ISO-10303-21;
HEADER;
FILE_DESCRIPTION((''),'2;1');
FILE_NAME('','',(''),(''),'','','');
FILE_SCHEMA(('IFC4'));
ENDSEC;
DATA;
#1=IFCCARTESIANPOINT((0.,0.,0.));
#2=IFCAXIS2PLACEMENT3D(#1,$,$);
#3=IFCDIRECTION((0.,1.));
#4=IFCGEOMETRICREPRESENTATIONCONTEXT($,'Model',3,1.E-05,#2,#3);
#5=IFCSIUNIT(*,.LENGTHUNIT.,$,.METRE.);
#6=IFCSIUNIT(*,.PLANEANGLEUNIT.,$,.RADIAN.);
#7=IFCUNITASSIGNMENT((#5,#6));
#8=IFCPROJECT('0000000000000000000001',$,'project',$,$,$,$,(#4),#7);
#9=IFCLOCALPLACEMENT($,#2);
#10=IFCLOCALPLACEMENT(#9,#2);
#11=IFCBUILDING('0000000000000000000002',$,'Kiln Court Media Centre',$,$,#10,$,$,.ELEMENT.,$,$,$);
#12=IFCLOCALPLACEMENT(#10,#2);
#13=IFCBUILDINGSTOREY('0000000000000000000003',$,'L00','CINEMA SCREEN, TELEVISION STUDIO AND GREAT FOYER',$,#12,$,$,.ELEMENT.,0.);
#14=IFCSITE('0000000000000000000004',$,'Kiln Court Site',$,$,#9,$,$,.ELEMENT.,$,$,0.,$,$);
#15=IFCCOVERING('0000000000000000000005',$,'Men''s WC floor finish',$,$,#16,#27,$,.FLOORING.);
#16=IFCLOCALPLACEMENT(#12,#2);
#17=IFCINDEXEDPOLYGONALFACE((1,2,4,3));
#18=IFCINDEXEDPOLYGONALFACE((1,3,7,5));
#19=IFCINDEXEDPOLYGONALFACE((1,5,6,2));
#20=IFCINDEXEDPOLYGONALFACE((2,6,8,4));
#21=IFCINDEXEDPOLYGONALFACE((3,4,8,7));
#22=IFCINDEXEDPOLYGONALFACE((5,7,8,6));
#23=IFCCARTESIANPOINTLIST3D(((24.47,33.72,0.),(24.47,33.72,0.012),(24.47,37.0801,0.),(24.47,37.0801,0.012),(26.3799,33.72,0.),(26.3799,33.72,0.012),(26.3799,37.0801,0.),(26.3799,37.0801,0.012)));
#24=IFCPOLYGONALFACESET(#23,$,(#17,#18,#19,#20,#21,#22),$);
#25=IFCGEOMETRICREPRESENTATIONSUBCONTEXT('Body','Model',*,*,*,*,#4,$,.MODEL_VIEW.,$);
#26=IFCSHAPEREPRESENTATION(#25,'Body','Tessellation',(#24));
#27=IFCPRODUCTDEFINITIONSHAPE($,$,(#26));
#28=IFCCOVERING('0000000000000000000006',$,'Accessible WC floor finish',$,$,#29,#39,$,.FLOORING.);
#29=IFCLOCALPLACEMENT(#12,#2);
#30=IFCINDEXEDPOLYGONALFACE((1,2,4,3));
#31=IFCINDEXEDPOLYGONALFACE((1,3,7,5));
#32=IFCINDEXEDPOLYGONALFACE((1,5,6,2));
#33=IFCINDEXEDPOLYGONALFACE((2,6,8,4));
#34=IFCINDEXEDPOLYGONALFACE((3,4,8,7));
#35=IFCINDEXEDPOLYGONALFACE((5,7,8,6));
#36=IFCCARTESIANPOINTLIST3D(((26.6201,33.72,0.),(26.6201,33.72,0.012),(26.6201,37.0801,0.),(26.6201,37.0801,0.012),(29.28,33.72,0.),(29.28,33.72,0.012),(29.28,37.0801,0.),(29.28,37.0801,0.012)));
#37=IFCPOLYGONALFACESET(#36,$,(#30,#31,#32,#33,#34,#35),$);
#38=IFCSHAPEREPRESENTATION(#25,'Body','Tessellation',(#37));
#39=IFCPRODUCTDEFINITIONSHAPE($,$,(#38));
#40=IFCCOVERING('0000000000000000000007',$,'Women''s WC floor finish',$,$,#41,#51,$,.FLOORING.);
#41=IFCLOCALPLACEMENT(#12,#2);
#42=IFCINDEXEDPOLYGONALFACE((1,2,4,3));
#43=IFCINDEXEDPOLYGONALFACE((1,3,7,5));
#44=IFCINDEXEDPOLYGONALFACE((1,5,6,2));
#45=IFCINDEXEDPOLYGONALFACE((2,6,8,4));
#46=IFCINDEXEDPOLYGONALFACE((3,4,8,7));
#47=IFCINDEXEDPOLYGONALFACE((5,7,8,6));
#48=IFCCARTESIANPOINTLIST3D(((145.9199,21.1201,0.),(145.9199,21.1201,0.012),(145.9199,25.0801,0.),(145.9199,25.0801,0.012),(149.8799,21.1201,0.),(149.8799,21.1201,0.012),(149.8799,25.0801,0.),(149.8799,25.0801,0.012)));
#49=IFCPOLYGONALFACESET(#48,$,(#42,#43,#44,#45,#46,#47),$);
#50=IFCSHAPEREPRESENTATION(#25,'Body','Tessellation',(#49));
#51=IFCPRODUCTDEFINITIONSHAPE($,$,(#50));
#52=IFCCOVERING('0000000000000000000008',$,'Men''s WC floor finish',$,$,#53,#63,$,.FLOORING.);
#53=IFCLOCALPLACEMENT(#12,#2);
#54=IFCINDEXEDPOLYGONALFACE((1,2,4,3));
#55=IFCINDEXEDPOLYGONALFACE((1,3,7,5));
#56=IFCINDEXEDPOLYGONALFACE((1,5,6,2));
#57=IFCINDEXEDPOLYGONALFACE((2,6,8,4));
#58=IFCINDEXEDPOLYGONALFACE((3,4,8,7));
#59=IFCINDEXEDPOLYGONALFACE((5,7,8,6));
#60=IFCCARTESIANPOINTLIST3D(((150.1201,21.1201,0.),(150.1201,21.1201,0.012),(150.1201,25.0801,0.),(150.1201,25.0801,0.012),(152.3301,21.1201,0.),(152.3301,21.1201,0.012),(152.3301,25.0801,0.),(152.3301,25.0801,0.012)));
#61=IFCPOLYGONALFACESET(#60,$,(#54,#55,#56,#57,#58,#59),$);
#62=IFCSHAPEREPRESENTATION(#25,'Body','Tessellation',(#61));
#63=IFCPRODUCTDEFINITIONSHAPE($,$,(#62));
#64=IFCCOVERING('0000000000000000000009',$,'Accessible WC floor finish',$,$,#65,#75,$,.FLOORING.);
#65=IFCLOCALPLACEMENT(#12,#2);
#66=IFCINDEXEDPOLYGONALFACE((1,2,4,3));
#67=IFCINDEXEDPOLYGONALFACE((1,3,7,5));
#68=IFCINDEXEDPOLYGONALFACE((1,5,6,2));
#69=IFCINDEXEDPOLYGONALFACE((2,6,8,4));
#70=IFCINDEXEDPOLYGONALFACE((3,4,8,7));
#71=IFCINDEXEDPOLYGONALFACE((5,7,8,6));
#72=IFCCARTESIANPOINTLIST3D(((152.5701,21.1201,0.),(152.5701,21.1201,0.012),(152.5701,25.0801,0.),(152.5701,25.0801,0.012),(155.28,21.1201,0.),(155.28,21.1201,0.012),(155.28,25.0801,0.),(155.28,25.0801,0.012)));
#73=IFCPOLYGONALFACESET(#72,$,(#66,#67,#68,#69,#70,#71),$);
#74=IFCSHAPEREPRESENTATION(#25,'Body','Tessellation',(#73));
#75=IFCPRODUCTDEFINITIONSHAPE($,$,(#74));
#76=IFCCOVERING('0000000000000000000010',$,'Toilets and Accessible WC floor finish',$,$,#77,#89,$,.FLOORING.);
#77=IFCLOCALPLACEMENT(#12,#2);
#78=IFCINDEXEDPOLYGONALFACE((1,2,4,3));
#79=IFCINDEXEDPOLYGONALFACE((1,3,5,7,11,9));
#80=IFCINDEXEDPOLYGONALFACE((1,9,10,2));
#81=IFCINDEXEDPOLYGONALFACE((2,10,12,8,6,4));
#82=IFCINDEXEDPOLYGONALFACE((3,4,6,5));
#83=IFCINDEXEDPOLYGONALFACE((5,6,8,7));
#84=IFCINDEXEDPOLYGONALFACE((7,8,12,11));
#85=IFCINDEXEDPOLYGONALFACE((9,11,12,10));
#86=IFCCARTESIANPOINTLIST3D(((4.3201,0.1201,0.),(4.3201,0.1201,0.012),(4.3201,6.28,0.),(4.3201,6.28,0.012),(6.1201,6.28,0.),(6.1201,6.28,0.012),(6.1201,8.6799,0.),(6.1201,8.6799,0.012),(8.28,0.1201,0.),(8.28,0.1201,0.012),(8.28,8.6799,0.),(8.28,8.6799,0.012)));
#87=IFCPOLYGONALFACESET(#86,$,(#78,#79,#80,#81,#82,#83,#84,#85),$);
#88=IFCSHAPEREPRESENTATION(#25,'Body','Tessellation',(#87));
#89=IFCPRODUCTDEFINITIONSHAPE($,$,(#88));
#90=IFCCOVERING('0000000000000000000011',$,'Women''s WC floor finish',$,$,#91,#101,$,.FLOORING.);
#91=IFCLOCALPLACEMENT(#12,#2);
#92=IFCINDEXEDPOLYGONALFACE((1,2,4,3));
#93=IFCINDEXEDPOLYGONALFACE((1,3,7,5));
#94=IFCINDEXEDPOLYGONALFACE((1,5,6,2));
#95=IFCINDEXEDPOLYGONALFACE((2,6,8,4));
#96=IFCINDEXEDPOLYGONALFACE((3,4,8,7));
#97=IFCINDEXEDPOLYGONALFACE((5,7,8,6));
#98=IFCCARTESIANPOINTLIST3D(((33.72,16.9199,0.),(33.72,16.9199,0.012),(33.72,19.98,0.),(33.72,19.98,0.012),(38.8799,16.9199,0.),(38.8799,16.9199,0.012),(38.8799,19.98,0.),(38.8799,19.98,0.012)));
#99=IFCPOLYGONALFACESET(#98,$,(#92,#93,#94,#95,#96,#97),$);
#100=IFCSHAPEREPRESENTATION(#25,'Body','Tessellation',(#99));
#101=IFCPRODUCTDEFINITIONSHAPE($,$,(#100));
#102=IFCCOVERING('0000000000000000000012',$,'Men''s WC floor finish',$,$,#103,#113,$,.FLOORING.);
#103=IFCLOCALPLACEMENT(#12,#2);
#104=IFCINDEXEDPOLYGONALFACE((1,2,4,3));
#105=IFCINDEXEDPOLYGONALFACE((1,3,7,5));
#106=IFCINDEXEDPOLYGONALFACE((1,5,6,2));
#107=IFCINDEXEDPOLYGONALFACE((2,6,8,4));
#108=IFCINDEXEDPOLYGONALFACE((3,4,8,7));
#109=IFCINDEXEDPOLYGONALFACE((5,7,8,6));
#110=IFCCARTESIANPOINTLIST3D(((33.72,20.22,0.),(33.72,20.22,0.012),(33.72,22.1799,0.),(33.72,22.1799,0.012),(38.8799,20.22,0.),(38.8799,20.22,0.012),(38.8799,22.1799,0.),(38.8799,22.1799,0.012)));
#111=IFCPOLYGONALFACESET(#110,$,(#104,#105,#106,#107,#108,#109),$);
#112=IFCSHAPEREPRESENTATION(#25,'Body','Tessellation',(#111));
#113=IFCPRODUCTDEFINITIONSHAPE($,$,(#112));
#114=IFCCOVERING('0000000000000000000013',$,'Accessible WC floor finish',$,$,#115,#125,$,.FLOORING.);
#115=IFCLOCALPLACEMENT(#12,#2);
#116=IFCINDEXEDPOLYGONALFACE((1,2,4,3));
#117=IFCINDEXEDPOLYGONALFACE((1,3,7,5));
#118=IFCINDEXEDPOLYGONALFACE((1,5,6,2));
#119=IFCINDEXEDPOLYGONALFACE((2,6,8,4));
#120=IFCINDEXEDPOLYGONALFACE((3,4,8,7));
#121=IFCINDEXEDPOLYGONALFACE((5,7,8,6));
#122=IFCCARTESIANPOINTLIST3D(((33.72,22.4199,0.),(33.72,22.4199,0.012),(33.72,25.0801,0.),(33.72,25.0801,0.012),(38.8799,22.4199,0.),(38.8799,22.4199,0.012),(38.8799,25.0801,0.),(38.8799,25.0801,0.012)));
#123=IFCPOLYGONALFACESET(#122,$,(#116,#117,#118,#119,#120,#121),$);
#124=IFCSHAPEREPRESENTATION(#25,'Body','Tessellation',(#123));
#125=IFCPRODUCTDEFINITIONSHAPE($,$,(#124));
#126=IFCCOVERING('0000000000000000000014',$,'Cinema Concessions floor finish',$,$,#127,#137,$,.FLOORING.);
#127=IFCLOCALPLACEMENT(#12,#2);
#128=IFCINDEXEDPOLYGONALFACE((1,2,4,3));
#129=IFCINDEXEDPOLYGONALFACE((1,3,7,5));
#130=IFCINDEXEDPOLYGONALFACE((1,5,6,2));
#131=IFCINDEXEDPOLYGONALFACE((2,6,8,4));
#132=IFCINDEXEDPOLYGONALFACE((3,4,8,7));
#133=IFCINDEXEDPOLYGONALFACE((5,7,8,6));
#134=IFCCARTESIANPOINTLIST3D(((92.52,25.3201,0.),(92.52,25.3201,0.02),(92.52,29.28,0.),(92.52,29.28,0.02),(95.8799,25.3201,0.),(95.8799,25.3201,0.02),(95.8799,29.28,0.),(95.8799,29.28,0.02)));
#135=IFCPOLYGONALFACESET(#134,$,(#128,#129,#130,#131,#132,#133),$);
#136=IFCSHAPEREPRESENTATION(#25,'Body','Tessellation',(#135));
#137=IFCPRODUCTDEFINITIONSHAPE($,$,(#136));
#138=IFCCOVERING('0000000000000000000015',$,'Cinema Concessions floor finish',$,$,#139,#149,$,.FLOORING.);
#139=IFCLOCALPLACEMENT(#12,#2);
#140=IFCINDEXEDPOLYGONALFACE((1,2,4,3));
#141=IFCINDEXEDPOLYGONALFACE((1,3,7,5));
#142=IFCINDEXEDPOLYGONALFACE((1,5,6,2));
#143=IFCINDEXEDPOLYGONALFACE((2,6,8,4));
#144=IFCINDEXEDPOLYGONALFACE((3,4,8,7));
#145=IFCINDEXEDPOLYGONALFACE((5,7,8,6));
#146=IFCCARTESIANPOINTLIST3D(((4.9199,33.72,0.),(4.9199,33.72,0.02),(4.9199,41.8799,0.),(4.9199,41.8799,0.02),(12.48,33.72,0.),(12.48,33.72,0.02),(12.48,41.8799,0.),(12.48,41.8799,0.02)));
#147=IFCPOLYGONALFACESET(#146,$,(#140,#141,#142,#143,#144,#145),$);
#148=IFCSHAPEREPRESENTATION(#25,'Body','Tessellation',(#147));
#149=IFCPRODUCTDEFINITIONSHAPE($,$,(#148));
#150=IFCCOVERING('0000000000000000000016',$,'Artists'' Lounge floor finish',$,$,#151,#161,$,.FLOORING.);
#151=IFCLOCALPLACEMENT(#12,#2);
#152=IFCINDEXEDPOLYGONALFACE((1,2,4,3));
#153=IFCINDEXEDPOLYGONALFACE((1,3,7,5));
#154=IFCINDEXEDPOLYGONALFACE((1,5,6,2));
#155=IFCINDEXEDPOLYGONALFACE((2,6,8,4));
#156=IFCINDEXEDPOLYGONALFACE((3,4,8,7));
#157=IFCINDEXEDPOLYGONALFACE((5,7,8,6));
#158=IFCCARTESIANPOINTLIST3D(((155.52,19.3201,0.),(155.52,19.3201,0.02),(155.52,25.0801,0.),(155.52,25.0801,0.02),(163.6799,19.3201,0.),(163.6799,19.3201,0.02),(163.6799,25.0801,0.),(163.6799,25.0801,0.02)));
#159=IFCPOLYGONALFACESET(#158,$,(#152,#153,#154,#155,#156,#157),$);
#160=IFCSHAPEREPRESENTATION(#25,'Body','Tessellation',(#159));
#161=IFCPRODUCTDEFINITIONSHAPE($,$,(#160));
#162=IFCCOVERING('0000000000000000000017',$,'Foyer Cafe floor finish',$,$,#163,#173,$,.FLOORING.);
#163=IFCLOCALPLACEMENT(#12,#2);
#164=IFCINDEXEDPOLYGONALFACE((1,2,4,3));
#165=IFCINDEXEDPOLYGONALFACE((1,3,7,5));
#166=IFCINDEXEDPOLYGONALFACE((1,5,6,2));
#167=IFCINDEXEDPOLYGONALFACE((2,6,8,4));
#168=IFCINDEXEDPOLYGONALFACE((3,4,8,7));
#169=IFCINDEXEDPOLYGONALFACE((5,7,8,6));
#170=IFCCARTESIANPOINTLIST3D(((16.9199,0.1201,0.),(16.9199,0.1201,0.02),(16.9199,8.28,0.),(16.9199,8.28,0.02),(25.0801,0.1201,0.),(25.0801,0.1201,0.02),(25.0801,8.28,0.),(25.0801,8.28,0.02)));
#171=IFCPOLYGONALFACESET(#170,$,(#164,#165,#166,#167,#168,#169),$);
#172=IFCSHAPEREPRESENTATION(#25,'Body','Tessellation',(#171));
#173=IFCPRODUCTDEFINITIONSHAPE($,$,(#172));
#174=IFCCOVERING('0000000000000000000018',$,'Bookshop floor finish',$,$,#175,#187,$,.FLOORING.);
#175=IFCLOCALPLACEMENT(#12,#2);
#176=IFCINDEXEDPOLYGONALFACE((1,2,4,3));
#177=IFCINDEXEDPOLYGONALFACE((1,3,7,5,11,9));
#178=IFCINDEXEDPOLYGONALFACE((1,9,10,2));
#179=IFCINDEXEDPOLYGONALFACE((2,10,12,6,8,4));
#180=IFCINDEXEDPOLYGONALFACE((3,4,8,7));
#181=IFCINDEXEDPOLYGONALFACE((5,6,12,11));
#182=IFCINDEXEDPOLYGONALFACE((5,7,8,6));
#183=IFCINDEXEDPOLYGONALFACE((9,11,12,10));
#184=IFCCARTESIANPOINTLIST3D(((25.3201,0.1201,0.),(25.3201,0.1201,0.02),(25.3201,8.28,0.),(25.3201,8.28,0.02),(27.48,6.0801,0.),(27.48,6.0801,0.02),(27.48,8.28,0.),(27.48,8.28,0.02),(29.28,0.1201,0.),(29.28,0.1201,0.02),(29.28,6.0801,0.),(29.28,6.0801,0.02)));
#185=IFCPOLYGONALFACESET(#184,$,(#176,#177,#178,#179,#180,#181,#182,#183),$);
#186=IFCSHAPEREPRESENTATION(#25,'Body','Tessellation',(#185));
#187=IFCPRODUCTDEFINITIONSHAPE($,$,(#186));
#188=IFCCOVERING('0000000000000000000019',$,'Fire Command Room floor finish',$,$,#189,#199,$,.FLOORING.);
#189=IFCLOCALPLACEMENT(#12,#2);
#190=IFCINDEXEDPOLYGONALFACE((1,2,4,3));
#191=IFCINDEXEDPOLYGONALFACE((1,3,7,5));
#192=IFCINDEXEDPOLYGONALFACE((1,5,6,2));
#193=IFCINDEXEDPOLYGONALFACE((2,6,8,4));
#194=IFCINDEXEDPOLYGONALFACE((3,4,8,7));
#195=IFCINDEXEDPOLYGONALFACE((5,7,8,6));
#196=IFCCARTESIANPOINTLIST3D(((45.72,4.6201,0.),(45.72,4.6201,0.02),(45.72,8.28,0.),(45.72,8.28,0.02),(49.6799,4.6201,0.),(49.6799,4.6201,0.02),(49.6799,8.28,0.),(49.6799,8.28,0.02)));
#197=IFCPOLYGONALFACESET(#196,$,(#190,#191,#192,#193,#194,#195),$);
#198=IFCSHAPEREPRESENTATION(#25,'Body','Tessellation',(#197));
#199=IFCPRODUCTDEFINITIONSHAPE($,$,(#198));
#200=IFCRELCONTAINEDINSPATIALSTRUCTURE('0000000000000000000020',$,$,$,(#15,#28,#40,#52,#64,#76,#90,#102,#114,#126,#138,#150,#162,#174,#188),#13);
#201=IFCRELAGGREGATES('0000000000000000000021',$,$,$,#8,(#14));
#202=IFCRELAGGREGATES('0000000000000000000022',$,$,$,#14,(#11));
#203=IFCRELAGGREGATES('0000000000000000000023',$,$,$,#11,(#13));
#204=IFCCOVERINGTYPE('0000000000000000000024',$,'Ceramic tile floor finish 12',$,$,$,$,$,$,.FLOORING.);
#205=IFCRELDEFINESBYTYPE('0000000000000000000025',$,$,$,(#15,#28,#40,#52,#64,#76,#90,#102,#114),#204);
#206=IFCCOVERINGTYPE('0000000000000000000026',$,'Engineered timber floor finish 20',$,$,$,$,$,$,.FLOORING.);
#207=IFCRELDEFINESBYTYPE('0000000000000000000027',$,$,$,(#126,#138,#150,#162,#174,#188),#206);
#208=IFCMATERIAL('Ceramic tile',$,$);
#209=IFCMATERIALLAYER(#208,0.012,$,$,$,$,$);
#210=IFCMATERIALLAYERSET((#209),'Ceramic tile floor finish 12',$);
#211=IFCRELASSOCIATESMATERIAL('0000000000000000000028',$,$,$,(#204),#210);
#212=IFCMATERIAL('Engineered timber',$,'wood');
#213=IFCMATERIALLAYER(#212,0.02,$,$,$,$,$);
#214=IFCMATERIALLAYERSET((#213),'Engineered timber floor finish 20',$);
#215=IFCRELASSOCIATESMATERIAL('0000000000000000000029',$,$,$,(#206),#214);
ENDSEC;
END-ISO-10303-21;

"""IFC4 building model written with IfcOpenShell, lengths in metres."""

from ifc_helpers import new_model, si_unit, direction, origin, place, context, subcontext, project, spatial, polyline, outline, extrude, material, layer, layer_set, type_object, element, save


model = new_model("IFC4")

# Units and contexts
model_context = context("Model", 3, precision=1e-05, world=origin(), true_north=direction((0.0, 1.0)))
body_context = subcontext(model_context, "Body", "Model", "MODEL_VIEW")
ifc_project = project(units=[si_unit("LENGTHUNIT", "METRE"), si_unit("PLANEANGLEUNIT", "RADIAN")], contexts=[model_context])

# Site, building, storey
site_placement = place(None, origin())
site = spatial("IfcSite", under=ifc_project, at=site_placement, Name="Kiln Court Site", CompositionType="ELEMENT", RefElevation=0.0)
building_placement = place(site_placement, origin())
building = spatial("IfcBuilding", under=site, at=building_placement, Name="Kiln Court Media Centre", CompositionType="ELEMENT")
storey_placement = place(building_placement, origin())
storey = spatial("IfcBuildingStorey", under=building, at=storey_placement, Name="L00", Description="CINEMA SCREEN, TELEVISION STUDIO AND GREAT FOYER", CompositionType="ELEMENT", Elevation=0.0)

# Coverings
ifc_material_1 = material(Name="Ceramic tile")
ifc_layer_1 = layer(ifc_material_1, 0.012)
ifc_layer_set_1 = layer_set([ifc_layer_1], Name="Ceramic tile floor finish 12")
covering_type_1 = type_object("IfcCoveringType", Name="Ceramic tile floor finish 12", PredefinedType="FLOORING", material=ifc_layer_set_1)
covering_1_placement = place(storey_placement, origin())
element("IfcCovering", 1, at=covering_1_placement, inside=storey, type_object=covering_type_1, Name="Men's WC floor finish", PredefinedType="FLOORING", context=body_context, shape_type="SweptSolid", body=[
    extrude(outline(polyline([(26.3799, 33.72), (26.3799, 37.0801), (24.47, 37.0801), (24.47, 33.72), (26.3799, 33.72)])), origin(), (0.0, 0.0, 1.0), 0.012),
])
covering_2_placement = place(storey_placement, origin())
element("IfcCovering", 2, at=covering_2_placement, inside=storey, type_object=covering_type_1, Name="Accessible WC floor finish", PredefinedType="FLOORING", context=body_context, shape_type="SweptSolid", body=[
    extrude(outline(polyline([(29.28, 33.72), (29.28, 37.0801), (26.6201, 37.0801), (26.6201, 33.72), (29.28, 33.72)])), origin(), (0.0, 0.0, 1.0), 0.012),
])
covering_3_placement = place(storey_placement, origin())
element("IfcCovering", 3, at=covering_3_placement, inside=storey, type_object=covering_type_1, Name="Women's WC floor finish", PredefinedType="FLOORING", context=body_context, shape_type="SweptSolid", body=[
    extrude(outline(polyline([(149.8799, 21.1201), (149.8799, 25.0801), (145.9199, 25.0801), (145.9199, 21.1201), (149.8799, 21.1201)])), origin(), (0.0, 0.0, 1.0), 0.012),
])
covering_4_placement = place(storey_placement, origin())
element("IfcCovering", 4, at=covering_4_placement, inside=storey, type_object=covering_type_1, Name="Men's WC floor finish", PredefinedType="FLOORING", context=body_context, shape_type="SweptSolid", body=[
    extrude(outline(polyline([(152.3301, 21.1201), (152.3301, 25.0801), (150.1201, 25.0801), (150.1201, 21.1201), (152.3301, 21.1201)])), origin(), (0.0, 0.0, 1.0), 0.012),
])
covering_5_placement = place(storey_placement, origin())
element("IfcCovering", 5, at=covering_5_placement, inside=storey, type_object=covering_type_1, Name="Accessible WC floor finish", PredefinedType="FLOORING", context=body_context, shape_type="SweptSolid", body=[
    extrude(outline(polyline([(155.28, 21.1201), (155.28, 25.0801), (152.5701, 25.0801), (152.5701, 21.1201), (155.28, 21.1201)])), origin(), (0.0, 0.0, 1.0), 0.012),
])
covering_6_placement = place(storey_placement, origin())
element("IfcCovering", 6, at=covering_6_placement, inside=storey, type_object=covering_type_1, Name="Toilets and Accessible WC floor finish", PredefinedType="FLOORING", context=body_context, shape_type="SweptSolid", body=[
    extrude(outline(polyline([(8.28, 8.6799), (6.1201, 8.6799), (6.1201, 6.28), (4.3201, 6.28), (4.3201, 0.1201), (8.28, 0.1201), (8.28, 8.6799)])), origin(), (0.0, 0.0, 1.0), 0.012),
])
covering_7_placement = place(storey_placement, origin())
element("IfcCovering", 7, at=covering_7_placement, inside=storey, type_object=covering_type_1, Name="Women's WC floor finish", PredefinedType="FLOORING", context=body_context, shape_type="SweptSolid", body=[
    extrude(outline(polyline([(38.8799, 16.9199), (38.8799, 19.98), (33.72, 19.98), (33.72, 16.9199), (38.8799, 16.9199)])), origin(), (0.0, 0.0, 1.0), 0.012),
])
covering_8_placement = place(storey_placement, origin())
element("IfcCovering", 8, at=covering_8_placement, inside=storey, type_object=covering_type_1, Name="Men's WC floor finish", PredefinedType="FLOORING", context=body_context, shape_type="SweptSolid", body=[
    extrude(outline(polyline([(38.8799, 20.22), (38.8799, 22.1799), (33.72, 22.1799), (33.72, 20.22), (38.8799, 20.22)])), origin(), (0.0, 0.0, 1.0), 0.012),
])
covering_9_placement = place(storey_placement, origin())
element("IfcCovering", 9, at=covering_9_placement, inside=storey, type_object=covering_type_1, Name="Accessible WC floor finish", PredefinedType="FLOORING", context=body_context, shape_type="SweptSolid", body=[
    extrude(outline(polyline([(38.8799, 22.4199), (38.8799, 25.0801), (33.72, 25.0801), (33.72, 22.4199), (38.8799, 22.4199)])), origin(), (0.0, 0.0, 1.0), 0.012),
])
ifc_material_2 = material(Name="Engineered timber", Category="wood")
ifc_layer_2 = layer(ifc_material_2, 0.02)
ifc_layer_set_2 = layer_set([ifc_layer_2], Name="Engineered timber floor finish 20")
covering_type_2 = type_object("IfcCoveringType", Name="Engineered timber floor finish 20", PredefinedType="FLOORING", material=ifc_layer_set_2)
covering_10_placement = place(storey_placement, origin())
element("IfcCovering", 10, at=covering_10_placement, inside=storey, type_object=covering_type_2, Name="Cinema Concessions floor finish", PredefinedType="FLOORING", context=body_context, shape_type="SweptSolid", body=[
    extrude(outline(polyline([(92.52, 25.3201), (95.8799, 25.3201), (95.8799, 29.28), (92.52, 29.28), (92.52, 25.3201)])), origin(), (0.0, 0.0, 1.0), 0.02),
])
covering_11_placement = place(storey_placement, origin())
element("IfcCovering", 11, at=covering_11_placement, inside=storey, type_object=covering_type_2, Name="Cinema Concessions floor finish", PredefinedType="FLOORING", context=body_context, shape_type="SweptSolid", body=[
    extrude(outline(polyline([(12.48, 41.8799), (4.9199, 41.8799), (4.9199, 33.72), (12.48, 33.72), (12.48, 41.8799)])), origin(), (0.0, 0.0, 1.0), 0.02),
])
covering_12_placement = place(storey_placement, origin())
element("IfcCovering", 12, at=covering_12_placement, inside=storey, type_object=covering_type_2, Name="Artists' Lounge floor finish", PredefinedType="FLOORING", context=body_context, shape_type="SweptSolid", body=[
    extrude(outline(polyline([(155.52, 19.3201), (163.6799, 19.3201), (163.6799, 25.0801), (155.52, 25.0801), (155.52, 19.3201)])), origin(), (0.0, 0.0, 1.0), 0.02),
])
covering_13_placement = place(storey_placement, origin())
element("IfcCovering", 13, at=covering_13_placement, inside=storey, type_object=covering_type_2, Name="Foyer Cafe floor finish", PredefinedType="FLOORING", context=body_context, shape_type="SweptSolid", body=[
    extrude(outline(polyline([(16.9199, 0.1201), (25.0801, 0.1201), (25.0801, 8.28), (16.9199, 8.28), (16.9199, 0.1201)])), origin(), (0.0, 0.0, 1.0), 0.02),
])
covering_14_placement = place(storey_placement, origin())
element("IfcCovering", 14, at=covering_14_placement, inside=storey, type_object=covering_type_2, Name="Bookshop floor finish", PredefinedType="FLOORING", context=body_context, shape_type="SweptSolid", body=[
    extrude(outline(polyline([(29.28, 0.1201), (29.28, 6.0801), (27.48, 6.0801), (27.48, 8.28), (25.3201, 8.28), (25.3201, 0.1201), (29.28, 0.1201)])), origin(), (0.0, 0.0, 1.0), 0.02),
])
covering_15_placement = place(storey_placement, origin())
element("IfcCovering", 15, at=covering_15_placement, inside=storey, type_object=covering_type_2, Name="Fire Command Room floor finish", PredefinedType="FLOORING", context=body_context, shape_type="SweptSolid", body=[
    extrude(outline(polyline([(45.72, 4.6201), (49.6799, 4.6201), (49.6799, 8.28), (45.72, 8.28), (45.72, 4.6201)])), origin(), (0.0, 0.0, 1.0), 0.02),
])

save(model, "model.ifc")
